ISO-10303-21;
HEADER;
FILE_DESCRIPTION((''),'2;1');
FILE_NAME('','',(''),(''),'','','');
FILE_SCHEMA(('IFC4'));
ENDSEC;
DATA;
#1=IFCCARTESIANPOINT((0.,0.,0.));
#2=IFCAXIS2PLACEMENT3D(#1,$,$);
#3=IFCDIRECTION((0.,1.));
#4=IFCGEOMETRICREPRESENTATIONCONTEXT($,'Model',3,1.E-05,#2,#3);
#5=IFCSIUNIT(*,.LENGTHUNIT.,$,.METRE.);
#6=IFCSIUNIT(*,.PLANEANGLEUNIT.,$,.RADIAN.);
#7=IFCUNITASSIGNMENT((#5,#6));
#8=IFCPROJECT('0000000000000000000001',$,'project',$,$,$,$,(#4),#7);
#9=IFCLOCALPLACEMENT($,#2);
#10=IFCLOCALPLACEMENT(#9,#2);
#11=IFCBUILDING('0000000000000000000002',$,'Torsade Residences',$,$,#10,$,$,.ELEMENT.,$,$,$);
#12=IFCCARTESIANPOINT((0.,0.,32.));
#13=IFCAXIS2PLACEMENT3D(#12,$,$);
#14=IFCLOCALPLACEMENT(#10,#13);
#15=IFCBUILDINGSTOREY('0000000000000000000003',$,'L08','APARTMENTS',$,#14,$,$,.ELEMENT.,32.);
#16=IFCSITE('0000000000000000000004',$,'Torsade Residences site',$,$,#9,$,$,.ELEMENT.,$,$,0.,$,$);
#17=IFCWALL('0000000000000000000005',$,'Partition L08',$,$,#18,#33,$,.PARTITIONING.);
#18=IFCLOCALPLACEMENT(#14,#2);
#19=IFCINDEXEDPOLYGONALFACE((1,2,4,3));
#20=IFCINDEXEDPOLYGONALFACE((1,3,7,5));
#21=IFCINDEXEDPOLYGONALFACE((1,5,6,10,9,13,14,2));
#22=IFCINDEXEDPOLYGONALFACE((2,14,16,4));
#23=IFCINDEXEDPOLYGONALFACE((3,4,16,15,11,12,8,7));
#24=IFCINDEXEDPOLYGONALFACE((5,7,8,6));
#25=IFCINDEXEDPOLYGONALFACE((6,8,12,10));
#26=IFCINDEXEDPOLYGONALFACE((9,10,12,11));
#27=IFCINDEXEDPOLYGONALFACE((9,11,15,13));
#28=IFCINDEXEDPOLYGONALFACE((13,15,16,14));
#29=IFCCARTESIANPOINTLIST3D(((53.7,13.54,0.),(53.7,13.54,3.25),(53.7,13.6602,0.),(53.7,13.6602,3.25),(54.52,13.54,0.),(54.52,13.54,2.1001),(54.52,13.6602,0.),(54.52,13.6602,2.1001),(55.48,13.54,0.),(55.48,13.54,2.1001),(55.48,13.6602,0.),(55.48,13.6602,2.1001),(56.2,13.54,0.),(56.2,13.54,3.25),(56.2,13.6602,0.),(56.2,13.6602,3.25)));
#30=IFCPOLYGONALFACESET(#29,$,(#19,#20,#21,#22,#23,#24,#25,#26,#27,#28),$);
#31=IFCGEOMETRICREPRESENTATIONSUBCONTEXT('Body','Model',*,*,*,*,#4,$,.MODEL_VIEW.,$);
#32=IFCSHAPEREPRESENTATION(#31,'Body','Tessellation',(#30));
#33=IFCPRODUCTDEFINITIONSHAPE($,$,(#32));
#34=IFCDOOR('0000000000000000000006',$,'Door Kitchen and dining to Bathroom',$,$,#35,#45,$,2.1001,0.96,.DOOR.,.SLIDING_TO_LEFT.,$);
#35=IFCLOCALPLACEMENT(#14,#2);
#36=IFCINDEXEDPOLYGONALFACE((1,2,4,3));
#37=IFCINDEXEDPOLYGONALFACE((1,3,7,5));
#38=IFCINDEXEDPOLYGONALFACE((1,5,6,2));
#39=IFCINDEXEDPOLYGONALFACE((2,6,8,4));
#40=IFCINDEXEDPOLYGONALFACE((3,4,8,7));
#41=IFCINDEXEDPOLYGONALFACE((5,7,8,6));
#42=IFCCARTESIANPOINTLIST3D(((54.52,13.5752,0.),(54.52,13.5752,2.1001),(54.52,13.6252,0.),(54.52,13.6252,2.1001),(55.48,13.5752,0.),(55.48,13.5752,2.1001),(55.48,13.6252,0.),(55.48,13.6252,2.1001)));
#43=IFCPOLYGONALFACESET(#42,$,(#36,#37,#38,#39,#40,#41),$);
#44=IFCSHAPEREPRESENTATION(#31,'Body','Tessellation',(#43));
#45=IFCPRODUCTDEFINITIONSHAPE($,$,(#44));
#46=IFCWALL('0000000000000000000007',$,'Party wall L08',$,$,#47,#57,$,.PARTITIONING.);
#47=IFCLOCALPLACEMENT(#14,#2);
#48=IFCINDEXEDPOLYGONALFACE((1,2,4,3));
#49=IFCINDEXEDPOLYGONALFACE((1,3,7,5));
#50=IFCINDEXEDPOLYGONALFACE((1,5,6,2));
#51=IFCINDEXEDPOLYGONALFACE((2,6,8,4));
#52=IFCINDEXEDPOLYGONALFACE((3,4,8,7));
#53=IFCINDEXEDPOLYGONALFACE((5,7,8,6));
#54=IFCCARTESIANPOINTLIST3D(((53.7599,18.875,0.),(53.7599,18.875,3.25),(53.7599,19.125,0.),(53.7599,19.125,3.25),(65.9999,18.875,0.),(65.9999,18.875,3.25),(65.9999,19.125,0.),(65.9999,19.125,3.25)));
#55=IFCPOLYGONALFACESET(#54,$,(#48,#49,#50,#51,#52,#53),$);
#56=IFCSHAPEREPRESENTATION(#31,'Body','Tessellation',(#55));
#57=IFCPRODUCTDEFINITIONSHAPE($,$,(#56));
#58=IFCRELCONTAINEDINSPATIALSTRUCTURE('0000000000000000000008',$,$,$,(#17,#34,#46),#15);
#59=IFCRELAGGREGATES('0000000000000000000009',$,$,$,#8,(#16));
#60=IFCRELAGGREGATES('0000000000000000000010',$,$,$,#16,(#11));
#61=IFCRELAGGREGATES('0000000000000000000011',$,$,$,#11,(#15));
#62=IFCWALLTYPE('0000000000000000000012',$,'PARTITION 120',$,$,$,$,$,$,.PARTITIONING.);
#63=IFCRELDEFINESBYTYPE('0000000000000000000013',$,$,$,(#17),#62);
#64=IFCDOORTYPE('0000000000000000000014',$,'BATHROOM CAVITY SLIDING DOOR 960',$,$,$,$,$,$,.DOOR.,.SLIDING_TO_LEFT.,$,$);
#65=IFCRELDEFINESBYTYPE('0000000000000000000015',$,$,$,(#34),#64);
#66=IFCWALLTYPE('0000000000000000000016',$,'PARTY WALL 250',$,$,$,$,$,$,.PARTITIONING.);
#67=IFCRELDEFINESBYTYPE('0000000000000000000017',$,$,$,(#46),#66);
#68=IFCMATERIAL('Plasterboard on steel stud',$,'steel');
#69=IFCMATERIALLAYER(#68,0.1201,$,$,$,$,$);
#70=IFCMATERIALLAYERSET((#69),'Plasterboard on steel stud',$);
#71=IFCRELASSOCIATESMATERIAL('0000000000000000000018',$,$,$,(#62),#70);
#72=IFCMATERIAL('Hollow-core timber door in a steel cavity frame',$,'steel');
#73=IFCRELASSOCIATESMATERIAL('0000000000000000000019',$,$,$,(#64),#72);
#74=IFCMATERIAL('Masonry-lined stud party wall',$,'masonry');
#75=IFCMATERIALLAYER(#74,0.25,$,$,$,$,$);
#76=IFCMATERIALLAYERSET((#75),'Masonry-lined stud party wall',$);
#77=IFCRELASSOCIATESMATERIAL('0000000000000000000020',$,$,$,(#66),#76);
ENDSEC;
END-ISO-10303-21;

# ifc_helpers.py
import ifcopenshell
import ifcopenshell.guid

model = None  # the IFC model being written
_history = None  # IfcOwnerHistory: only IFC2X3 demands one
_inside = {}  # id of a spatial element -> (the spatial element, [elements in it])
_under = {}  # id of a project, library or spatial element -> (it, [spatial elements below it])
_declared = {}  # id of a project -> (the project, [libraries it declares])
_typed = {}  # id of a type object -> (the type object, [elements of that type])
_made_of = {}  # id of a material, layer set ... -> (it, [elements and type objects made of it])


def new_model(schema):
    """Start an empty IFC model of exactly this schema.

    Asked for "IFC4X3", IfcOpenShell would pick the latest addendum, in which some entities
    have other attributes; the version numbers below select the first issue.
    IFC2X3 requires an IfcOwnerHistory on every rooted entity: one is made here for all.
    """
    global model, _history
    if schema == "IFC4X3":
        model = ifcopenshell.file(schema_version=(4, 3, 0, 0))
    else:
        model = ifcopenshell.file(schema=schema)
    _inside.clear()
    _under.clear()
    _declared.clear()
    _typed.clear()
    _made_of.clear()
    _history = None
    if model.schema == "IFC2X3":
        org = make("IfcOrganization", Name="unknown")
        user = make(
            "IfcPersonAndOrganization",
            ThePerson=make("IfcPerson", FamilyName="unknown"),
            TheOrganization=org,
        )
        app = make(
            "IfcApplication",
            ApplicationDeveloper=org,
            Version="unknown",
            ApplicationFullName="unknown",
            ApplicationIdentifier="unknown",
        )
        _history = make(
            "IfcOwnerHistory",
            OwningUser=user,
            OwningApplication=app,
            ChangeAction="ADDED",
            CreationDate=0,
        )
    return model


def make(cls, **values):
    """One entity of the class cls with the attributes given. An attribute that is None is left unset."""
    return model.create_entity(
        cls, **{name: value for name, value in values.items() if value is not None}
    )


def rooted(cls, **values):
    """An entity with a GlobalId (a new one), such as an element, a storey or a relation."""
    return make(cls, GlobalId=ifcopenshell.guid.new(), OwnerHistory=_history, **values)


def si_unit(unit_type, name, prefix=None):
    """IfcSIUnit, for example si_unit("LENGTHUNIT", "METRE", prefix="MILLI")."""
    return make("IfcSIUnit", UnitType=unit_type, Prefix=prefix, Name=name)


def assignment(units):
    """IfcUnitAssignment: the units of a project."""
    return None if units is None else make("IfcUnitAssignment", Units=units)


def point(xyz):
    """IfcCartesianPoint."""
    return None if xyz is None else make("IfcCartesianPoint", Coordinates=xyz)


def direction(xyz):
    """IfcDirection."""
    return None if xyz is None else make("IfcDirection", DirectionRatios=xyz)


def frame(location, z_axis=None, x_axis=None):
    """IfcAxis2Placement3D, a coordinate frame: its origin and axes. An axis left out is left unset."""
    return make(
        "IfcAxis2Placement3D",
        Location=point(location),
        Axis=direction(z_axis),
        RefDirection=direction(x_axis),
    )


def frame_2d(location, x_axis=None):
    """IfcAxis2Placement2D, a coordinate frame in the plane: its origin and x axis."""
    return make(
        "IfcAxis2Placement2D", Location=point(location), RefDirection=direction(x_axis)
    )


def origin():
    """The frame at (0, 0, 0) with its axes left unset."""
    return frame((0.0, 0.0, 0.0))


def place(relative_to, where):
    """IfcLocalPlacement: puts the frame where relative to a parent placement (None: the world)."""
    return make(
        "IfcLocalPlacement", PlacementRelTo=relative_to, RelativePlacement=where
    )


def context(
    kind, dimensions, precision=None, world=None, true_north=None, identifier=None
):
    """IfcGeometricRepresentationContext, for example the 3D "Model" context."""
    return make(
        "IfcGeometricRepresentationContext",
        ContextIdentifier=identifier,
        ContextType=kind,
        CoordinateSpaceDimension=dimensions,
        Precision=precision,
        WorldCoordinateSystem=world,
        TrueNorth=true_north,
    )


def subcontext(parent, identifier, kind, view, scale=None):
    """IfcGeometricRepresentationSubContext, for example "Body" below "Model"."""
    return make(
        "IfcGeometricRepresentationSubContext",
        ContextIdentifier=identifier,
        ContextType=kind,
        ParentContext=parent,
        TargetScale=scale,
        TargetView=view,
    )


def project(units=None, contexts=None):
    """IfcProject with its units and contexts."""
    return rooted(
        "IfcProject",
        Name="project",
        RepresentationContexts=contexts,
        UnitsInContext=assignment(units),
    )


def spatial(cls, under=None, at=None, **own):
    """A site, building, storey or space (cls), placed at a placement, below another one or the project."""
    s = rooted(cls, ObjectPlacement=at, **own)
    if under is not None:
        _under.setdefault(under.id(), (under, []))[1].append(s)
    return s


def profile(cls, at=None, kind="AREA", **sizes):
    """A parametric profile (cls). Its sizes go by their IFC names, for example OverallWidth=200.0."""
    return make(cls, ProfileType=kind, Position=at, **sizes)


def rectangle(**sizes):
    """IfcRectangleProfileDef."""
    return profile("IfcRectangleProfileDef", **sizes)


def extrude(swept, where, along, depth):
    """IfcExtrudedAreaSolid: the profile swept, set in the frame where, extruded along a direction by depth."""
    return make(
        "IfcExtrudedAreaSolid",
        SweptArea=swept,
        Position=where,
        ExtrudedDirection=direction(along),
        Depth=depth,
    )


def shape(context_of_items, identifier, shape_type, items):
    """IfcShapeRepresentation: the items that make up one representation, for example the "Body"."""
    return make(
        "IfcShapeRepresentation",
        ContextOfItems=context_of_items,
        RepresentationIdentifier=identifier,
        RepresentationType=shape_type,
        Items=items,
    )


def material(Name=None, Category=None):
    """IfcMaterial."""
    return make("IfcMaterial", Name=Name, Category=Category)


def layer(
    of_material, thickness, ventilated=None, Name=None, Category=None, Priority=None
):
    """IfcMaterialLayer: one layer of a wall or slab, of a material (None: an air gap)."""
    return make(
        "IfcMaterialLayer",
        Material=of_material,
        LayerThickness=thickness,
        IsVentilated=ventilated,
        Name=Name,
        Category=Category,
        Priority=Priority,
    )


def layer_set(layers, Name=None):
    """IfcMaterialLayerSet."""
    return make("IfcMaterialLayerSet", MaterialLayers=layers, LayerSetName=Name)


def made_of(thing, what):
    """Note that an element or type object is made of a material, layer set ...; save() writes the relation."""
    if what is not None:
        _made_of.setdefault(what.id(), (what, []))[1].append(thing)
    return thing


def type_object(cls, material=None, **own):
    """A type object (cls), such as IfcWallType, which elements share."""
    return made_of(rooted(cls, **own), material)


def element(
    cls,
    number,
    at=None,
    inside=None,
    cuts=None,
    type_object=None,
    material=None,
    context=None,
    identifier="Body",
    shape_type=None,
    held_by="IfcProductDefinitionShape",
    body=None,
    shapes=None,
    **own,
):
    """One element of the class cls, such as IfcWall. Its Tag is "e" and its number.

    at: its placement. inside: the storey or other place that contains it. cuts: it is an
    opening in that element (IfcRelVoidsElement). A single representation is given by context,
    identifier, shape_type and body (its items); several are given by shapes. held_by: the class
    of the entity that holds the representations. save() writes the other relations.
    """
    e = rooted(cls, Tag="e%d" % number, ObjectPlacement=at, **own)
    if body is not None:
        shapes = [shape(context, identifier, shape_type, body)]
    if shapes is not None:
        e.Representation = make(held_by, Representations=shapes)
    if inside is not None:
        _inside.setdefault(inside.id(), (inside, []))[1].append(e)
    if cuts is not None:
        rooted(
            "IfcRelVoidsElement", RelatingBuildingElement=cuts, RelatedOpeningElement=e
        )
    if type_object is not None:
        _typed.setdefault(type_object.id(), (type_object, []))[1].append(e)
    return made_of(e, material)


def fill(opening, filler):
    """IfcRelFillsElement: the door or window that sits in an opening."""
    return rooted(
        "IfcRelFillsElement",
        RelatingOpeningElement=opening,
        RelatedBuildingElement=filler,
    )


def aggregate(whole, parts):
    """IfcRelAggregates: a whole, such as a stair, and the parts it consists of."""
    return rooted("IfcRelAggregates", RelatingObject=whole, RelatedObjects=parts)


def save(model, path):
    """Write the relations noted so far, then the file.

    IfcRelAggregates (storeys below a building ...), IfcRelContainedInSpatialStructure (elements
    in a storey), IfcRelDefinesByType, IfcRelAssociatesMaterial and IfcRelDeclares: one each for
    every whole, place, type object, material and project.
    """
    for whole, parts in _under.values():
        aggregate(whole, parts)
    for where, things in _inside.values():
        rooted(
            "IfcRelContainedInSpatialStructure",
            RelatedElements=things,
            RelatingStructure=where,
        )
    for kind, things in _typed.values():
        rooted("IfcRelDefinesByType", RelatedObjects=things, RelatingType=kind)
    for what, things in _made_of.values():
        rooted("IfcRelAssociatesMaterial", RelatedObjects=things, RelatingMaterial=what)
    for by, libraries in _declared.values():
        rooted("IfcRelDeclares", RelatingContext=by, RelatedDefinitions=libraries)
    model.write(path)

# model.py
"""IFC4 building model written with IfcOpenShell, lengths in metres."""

from ifc_helpers import new_model, si_unit, direction, frame, frame_2d, origin, place, context, subcontext, project, spatial, rectangle, extrude, material, layer, layer_set, type_object, element, fill, save


model = new_model("IFC4")

# Units and contexts
model_context = context("Model", 3, precision=1e-05, world=origin(), true_north=direction((0.0, 1.0)))
body_context = subcontext(model_context, "Body", "Model", "MODEL_VIEW")
ifc_project = project(units=[si_unit("LENGTHUNIT", "METRE"), si_unit("PLANEANGLEUNIT", "RADIAN")], contexts=[model_context])

# Site, building, storey
site_placement = place(None, origin())
site = spatial("IfcSite", under=ifc_project, at=site_placement, Name="Torsade Residences site", CompositionType="ELEMENT", RefElevation=0.0)
building_placement = place(site_placement, origin())
building = spatial("IfcBuilding", under=site, at=building_placement, Name="Torsade Residences", CompositionType="ELEMENT")
storey_placement = place(building_placement, frame((0.0, 0.0, 32.0)))
storey = spatial("IfcBuildingStorey", under=building, at=storey_placement, Name="L08", Description="APARTMENTS", CompositionType="ELEMENT", Elevation=32.0)

# Wall, opening, door
ifc_material_1 = material(Name="Plasterboard on steel stud", Category="steel")
ifc_layer_1 = layer(ifc_material_1, 0.1201)
ifc_layer_set_1 = layer_set([ifc_layer_1], Name="Plasterboard on steel stud")
wall_type_1 = type_object("IfcWallType", Name="PARTITION 120", PredefinedType="PARTITIONING", material=ifc_layer_set_1)
wall_1_placement = place(storey_placement, frame((56.2, 13.6001, 0.0), z_axis=(0.0, 0.0, 1.0), x_axis=(-1.0, 0.0, 0.0)))
wall_1 = element("IfcWall", 1, at=wall_1_placement, inside=storey, type_object=wall_type_1, Name="Partition L08", PredefinedType="PARTITIONING", context=body_context, shape_type="SweptSolid", body=[
    extrude(rectangle(XDim=2.5, YDim=0.1201, at=frame_2d((1.25, 0.0))), origin(), (0.0, 0.0, 1.0), 3.25),
])
opening_1_placement = place(wall_1_placement, frame((0.72, 0.0, 0.0)))
opening_1 = element("IfcOpeningElement", 2, at=opening_1_placement, cuts=wall_1, PredefinedType="OPENING", context=body_context, shape_type="SweptSolid", body=[
    extrude(rectangle(XDim=0.96, YDim=2.1001, at=frame_2d((0.48, 1.05))), frame((0.0, 0.0701, 0.0), z_axis=(0.0, -1.0, 0.0), x_axis=(1.0, 0.0, 0.0)), (0.0, 0.0, 1.0), 0.1401),
])
ifc_material_2 = material(Name="Hollow-core timber door in a steel cavity frame", Category="steel")
door_type_1 = type_object("IfcDoorType", Name="BATHROOM CAVITY SLIDING DOOR 960", OperationType="SLIDING_TO_LEFT", PredefinedType="DOOR", material=ifc_material_2)
door_1_placement = place(opening_1_placement, origin())
door_1 = element("IfcDoor", 3, at=door_1_placement, inside=storey, type_object=door_type_1, Name="Door Kitchen and dining to Bathroom", OperationType="SLIDING_TO_LEFT", OverallHeight=2.1001, OverallWidth=0.96, PredefinedType="DOOR", context=body_context, shape_type="SweptSolid", body=[
    extrude(rectangle(XDim=0.96, YDim=2.1001, at=frame_2d((0.48, 1.05))), frame((0.0, 0.0249, 0.0), z_axis=(0.0, -1.0, 0.0), x_axis=(1.0, 0.0, 0.0)), (0.0, 0.0, 1.0), 0.05),
])
fill(opening_1, door_1)

# Wall
ifc_material_3 = material(Name="Masonry-lined stud party wall", Category="masonry")
ifc_layer_2 = layer(ifc_material_3, 0.25)
ifc_layer_set_2 = layer_set([ifc_layer_2], Name="Masonry-lined stud party wall")
wall_type_2 = type_object("IfcWallType", Name="PARTY WALL 250", PredefinedType="PARTITIONING", material=ifc_layer_set_2)
wall_2_placement = place(storey_placement, frame((66.0, 19.0, 0.0), z_axis=(0.0, 0.0, 1.0), x_axis=(-1.0, 0.0, 0.0)))
element("IfcWall", 4, at=wall_2_placement, inside=storey, type_object=wall_type_2, Name="Party wall L08", PredefinedType="PARTITIONING", context=body_context, shape_type="SweptSolid", body=[
    extrude(rectangle(XDim=12.24, YDim=0.25, at=frame_2d((6.1201, 0.0))), origin(), (0.0, 0.0, 1.0), 3.25),
])

save(model, "model.ifc")
